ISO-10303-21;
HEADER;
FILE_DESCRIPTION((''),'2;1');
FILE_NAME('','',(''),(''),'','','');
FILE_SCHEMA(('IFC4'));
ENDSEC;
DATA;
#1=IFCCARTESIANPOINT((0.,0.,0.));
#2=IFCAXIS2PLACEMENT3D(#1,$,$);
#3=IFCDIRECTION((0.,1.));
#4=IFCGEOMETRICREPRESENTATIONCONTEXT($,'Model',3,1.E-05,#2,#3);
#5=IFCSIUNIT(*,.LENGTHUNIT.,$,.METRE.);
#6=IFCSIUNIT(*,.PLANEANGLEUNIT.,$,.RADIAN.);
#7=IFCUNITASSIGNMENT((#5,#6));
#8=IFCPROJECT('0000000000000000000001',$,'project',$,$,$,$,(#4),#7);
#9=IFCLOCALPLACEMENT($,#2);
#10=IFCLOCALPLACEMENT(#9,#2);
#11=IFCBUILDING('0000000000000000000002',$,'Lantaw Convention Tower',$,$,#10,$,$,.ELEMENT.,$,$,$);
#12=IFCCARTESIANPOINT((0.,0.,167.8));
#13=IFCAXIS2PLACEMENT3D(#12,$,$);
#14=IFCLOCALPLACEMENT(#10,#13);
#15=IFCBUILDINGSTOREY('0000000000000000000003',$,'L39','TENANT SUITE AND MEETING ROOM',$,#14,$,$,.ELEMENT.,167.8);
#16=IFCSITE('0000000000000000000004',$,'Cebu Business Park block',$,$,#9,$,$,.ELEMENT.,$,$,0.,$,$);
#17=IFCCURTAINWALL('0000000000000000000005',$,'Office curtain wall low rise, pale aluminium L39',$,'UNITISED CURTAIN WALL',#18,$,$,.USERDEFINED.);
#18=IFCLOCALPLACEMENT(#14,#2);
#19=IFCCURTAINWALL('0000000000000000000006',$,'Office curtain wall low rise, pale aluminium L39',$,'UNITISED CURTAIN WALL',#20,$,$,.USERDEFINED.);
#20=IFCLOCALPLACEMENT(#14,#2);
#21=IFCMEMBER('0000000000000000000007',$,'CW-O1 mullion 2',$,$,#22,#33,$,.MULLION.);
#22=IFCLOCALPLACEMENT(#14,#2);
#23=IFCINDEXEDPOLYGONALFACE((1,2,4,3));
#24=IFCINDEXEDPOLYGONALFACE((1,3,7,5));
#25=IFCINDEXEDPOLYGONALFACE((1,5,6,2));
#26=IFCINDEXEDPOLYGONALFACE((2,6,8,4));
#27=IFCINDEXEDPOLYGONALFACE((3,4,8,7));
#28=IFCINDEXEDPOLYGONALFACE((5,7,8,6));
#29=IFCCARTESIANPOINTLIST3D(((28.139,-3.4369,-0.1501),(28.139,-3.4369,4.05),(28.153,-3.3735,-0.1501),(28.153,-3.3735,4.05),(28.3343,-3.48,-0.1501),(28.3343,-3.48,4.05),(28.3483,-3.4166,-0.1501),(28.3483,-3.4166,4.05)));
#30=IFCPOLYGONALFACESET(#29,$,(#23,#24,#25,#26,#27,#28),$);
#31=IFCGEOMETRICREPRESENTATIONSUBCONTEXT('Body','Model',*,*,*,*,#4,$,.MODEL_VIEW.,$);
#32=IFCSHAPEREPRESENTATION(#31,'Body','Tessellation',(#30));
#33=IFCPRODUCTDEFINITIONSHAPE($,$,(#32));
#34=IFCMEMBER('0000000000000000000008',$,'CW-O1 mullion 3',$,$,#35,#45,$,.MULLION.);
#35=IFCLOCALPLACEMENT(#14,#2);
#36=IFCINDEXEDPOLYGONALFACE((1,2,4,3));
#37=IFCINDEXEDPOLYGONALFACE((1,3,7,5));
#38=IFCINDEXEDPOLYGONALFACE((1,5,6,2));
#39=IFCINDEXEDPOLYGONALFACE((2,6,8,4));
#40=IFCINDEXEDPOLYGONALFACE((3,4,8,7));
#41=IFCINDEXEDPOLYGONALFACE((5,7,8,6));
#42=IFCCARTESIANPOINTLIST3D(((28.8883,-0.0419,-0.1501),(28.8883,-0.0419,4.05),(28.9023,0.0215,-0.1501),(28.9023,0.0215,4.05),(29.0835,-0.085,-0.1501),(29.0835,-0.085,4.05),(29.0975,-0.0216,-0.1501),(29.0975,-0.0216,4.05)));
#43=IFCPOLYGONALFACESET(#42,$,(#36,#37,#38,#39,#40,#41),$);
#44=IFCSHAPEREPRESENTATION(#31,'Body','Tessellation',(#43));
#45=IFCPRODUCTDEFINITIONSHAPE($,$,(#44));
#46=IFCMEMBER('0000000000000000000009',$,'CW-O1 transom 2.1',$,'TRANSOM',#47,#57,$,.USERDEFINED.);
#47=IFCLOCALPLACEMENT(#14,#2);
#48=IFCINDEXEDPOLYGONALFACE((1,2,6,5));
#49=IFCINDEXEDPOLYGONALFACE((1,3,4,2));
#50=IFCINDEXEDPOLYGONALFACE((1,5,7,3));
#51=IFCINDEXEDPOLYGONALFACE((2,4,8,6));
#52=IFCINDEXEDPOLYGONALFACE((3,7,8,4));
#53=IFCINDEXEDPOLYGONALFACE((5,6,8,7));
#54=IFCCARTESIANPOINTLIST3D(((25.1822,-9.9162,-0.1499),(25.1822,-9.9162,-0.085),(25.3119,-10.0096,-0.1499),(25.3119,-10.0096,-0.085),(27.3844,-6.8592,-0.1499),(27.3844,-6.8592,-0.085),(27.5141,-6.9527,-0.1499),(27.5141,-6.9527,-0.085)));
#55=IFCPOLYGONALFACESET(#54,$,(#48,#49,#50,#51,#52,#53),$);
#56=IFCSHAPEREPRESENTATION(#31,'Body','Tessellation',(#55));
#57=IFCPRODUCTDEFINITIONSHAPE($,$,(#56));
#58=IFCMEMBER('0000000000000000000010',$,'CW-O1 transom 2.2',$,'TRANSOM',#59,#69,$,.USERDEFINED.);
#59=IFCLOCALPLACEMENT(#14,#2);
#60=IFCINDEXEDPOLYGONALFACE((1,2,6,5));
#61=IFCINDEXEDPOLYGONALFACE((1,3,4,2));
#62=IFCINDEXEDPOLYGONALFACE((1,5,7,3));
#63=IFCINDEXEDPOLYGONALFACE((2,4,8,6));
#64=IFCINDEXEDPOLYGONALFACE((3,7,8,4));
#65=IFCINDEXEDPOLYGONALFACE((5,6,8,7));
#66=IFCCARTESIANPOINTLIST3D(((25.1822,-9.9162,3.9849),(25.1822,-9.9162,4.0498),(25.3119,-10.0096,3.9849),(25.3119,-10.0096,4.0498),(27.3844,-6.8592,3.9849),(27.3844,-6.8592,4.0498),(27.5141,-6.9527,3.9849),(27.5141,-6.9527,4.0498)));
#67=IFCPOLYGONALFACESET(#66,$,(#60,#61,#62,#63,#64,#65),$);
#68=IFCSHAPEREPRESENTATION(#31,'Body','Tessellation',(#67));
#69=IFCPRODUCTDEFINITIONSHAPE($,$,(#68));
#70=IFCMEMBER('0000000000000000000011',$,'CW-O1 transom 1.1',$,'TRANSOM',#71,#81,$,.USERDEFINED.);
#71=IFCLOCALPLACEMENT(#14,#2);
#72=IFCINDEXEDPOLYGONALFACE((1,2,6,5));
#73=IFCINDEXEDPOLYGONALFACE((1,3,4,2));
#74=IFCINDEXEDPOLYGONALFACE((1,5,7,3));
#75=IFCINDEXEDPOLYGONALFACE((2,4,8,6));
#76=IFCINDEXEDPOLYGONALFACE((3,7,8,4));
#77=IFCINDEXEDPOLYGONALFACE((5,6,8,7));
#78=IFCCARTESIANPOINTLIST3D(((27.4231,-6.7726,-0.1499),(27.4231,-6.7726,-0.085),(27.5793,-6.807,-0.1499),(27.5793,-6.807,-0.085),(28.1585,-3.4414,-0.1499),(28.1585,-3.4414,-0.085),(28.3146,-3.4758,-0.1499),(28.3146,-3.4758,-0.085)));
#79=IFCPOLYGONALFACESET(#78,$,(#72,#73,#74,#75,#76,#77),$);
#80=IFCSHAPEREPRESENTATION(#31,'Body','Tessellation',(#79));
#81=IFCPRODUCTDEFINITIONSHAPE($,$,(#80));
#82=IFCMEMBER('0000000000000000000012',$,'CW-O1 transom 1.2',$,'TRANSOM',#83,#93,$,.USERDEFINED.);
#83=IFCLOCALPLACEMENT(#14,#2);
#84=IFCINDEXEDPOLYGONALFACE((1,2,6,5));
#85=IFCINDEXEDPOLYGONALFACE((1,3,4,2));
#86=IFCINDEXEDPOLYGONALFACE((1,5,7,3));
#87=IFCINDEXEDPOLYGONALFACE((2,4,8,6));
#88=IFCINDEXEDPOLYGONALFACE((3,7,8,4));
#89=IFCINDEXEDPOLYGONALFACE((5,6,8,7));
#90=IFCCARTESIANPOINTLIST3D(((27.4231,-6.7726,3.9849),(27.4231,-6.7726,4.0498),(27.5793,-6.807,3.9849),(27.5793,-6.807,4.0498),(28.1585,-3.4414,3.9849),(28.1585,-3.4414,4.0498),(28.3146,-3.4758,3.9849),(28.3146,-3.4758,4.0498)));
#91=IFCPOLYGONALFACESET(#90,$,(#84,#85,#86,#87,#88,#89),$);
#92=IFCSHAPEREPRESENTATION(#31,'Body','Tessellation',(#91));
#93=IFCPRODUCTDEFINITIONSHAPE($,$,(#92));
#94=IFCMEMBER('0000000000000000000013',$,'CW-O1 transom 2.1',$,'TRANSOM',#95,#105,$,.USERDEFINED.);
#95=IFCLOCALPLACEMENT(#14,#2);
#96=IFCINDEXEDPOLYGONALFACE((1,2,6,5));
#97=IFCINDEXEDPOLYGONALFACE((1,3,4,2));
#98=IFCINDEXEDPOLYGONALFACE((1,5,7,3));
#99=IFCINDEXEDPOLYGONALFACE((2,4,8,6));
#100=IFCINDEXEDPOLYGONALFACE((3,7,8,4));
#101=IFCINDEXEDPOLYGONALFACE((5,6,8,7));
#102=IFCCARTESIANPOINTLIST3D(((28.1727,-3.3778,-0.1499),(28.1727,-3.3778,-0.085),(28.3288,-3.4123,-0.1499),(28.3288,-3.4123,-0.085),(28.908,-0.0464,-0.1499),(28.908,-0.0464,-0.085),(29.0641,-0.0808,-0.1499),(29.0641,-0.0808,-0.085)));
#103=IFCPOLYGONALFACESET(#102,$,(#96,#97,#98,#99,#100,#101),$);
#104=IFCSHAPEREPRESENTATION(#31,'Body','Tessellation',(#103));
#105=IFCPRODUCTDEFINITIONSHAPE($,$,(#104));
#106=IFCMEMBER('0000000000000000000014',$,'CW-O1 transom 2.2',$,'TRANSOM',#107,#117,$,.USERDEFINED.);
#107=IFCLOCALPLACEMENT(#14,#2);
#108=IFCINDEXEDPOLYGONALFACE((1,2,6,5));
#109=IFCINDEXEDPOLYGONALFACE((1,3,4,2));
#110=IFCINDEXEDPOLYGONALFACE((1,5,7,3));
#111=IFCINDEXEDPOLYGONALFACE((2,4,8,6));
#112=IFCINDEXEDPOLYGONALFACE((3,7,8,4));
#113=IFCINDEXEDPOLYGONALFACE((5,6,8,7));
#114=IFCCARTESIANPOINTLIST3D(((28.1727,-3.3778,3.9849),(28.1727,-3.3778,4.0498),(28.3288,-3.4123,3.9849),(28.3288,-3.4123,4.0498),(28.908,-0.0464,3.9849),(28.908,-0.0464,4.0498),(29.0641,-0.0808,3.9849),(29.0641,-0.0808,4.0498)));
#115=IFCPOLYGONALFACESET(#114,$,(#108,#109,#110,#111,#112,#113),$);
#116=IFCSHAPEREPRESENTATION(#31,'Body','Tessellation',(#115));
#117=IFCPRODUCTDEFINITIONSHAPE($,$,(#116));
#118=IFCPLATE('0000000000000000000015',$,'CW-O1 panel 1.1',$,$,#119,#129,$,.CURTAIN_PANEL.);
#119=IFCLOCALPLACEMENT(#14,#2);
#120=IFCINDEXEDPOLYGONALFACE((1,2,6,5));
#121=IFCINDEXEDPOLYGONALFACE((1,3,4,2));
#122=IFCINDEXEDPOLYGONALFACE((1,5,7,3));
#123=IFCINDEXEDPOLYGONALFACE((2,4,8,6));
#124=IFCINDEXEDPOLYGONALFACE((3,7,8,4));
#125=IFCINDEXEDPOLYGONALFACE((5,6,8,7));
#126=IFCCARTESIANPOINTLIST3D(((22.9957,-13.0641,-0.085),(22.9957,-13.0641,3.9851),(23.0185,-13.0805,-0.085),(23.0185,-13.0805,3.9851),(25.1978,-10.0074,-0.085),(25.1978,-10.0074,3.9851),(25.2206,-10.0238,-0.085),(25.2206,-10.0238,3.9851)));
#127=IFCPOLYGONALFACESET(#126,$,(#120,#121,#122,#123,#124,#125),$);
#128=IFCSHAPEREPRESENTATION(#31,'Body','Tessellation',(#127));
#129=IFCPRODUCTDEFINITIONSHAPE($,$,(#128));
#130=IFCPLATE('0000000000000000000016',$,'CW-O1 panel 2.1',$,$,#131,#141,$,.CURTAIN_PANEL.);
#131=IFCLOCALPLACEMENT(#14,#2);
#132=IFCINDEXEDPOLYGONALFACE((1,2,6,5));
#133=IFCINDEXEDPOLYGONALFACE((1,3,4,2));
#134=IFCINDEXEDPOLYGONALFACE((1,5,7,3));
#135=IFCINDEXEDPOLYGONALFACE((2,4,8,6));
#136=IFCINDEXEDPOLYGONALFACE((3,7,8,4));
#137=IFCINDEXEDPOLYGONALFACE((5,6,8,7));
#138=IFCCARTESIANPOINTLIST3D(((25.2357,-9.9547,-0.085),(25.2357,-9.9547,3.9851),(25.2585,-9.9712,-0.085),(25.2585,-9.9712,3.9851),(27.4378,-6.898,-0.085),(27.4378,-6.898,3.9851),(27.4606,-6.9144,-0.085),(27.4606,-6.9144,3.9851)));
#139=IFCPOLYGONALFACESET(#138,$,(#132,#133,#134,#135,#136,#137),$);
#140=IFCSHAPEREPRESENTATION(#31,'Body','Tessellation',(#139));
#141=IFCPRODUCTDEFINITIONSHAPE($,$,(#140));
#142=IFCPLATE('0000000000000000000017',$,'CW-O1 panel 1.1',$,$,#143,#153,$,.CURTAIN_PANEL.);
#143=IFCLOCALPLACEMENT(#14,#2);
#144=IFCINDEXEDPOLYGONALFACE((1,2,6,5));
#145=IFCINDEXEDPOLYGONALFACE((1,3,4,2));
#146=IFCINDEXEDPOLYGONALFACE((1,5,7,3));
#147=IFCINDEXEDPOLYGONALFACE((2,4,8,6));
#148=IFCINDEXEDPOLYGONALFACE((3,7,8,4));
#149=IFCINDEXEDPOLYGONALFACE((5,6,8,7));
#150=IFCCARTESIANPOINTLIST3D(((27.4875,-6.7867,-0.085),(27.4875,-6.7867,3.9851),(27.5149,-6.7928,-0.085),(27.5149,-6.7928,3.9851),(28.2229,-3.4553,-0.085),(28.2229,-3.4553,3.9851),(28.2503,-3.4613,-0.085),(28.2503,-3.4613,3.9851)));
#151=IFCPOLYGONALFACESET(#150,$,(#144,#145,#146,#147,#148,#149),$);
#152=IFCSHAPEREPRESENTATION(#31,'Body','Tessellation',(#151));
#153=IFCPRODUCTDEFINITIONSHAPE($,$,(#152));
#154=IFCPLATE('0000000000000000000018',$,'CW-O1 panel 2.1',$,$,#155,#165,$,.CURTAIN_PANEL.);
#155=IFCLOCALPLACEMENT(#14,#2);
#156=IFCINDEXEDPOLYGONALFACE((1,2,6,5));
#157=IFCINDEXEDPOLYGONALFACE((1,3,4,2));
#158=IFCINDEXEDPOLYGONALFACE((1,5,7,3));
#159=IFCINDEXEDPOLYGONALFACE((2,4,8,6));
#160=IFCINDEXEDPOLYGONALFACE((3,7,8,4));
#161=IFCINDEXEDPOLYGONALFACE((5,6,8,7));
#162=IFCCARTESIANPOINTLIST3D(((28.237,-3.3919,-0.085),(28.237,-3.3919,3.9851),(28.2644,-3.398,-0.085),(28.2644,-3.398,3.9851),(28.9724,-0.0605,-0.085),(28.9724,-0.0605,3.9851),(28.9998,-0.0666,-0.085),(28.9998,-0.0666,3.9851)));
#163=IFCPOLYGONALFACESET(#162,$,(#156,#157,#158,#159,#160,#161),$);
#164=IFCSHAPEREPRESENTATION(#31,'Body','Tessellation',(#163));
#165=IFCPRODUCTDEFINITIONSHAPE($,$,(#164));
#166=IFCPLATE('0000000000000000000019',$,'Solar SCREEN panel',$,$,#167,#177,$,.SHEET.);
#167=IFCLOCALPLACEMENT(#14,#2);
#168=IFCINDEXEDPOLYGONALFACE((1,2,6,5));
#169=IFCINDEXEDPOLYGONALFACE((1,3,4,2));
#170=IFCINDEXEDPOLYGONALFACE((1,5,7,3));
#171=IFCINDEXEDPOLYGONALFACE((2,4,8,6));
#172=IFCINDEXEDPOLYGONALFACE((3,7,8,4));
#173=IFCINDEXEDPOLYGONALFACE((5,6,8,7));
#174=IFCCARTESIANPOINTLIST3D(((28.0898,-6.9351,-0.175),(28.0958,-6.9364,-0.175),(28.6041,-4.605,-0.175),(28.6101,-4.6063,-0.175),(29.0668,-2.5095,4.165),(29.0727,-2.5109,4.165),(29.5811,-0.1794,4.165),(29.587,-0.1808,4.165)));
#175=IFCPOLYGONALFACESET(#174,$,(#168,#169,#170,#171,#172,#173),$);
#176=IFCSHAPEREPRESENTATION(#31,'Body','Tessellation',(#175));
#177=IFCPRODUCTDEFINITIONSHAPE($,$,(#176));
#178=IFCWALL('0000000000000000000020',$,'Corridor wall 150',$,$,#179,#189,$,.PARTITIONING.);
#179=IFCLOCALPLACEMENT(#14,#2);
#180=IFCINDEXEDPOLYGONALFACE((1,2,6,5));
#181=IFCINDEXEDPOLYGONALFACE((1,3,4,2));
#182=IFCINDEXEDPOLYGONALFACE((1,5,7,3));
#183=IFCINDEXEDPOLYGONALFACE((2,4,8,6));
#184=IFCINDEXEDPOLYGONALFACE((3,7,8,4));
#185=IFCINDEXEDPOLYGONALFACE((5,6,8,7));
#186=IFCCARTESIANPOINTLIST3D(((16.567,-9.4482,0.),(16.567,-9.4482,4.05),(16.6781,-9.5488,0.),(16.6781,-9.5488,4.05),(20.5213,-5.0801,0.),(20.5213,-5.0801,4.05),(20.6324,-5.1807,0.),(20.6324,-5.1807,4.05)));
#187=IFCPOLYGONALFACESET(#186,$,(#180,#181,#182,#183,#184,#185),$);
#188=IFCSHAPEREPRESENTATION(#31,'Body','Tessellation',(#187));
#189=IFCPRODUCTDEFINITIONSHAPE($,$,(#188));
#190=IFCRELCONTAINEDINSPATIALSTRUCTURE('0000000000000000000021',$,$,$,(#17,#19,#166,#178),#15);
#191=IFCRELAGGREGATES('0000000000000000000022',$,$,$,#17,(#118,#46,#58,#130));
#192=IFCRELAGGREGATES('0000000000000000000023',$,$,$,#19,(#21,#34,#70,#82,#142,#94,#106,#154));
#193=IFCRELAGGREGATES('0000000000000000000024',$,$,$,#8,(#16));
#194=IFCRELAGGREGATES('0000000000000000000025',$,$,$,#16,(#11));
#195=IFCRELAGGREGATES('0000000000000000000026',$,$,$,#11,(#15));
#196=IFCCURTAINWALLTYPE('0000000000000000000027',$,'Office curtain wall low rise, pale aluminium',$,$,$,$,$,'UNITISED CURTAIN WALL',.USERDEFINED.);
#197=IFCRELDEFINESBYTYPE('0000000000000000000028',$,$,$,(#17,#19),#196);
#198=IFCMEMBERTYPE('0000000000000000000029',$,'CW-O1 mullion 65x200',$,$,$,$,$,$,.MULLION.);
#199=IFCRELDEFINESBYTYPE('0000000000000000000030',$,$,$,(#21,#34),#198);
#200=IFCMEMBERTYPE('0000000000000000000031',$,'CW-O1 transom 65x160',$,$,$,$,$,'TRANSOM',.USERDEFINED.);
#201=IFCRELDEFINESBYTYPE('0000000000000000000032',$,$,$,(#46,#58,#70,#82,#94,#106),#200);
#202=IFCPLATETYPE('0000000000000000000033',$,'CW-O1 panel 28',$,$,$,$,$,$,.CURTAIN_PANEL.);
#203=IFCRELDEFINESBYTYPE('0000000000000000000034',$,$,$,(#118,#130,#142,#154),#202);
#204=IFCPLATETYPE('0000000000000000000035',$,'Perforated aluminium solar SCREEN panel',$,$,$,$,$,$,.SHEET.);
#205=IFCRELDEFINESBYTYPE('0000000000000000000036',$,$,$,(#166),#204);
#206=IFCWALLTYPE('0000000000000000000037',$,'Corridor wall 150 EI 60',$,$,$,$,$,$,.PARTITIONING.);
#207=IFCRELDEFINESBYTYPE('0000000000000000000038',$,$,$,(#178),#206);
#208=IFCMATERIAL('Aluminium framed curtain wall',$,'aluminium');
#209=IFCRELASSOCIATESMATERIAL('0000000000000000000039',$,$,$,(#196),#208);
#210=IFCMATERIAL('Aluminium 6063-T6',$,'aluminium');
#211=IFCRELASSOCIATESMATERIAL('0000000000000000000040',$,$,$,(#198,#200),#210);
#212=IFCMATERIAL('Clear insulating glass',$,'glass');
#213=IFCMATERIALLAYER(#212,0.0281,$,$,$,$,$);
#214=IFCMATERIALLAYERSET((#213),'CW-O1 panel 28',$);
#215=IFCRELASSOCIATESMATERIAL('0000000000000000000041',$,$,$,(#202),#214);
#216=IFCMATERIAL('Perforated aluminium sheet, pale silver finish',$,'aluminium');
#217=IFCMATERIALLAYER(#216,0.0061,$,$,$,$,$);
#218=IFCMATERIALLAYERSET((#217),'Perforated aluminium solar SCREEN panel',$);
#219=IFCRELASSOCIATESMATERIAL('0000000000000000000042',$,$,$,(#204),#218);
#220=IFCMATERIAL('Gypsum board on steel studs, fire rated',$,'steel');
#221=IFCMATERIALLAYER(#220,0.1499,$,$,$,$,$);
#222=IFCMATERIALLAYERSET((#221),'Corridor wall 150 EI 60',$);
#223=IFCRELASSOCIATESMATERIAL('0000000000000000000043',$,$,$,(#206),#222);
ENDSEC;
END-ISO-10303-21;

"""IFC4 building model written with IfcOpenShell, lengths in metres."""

from ifc_helpers import new_model, si_unit, direction, frame, frame_2d, origin, origin_2d, place, context, subcontext, project, spatial, polyline, rectangle, outline, extrude, material, layer, layer_set, material_profile, profile_set, type_object, element, aggregate, save


model = new_model("IFC4")

# Units and contexts
model_context = context("Model", 3, precision=1e-05, world=origin(), true_north=direction((0.0, 1.0)))
body_context = subcontext(model_context, "Body", "Model", "MODEL_VIEW")
ifc_project = project(units=[si_unit("LENGTHUNIT", "METRE"), si_unit("PLANEANGLEUNIT", "RADIAN")], contexts=[model_context])

# Site, building, storey
site_placement = place(None, origin())
site = spatial("IfcSite", under=ifc_project, at=site_placement, Name="Cebu Business Park block", CompositionType="ELEMENT", RefElevation=0.0)
building_placement = place(site_placement, origin())
building = spatial("IfcBuilding", under=site, at=building_placement, Name="Lantaw Convention Tower", CompositionType="ELEMENT")
storey_placement = place(building_placement, frame((0.0, 0.0, 167.8)))
storey = spatial("IfcBuildingStorey", under=building, at=storey_placement, Name="L39", Description="TENANT SUITE AND MEETING ROOM", CompositionType="ELEMENT", Elevation=167.8)

# Curtain walls, members
ifc_material_1 = material(Name="Aluminium framed curtain wall", Category="aluminium")
curtain_wall_type = type_object("IfcCurtainWallType", Name="Office curtain wall low rise, pale aluminium", ElementType="UNITISED CURTAIN WALL", PredefinedType="USERDEFINED", material=ifc_material_1)
curtain_wall_1_placement = place(storey_placement, origin())
curtain_wall_1 = element("IfcCurtainWall", 1, at=curtain_wall_1_placement, inside=storey, type_object=curtain_wall_type, Name="Office curtain wall low rise, pale aluminium L39", ObjectType="UNITISED CURTAIN WALL", PredefinedType="USERDEFINED")
ifc_material_2 = material(Name="Aluminium 6063-T6", Category="aluminium")
ifc_material_profile_1 = material_profile(ifc_material_2, rectangle(XDim=0.2, YDim=0.0649, at=origin_2d()), Name="CW-O1 mullion 65x200")
ifc_profile_set_1 = profile_set([ifc_material_profile_1], Name="Aluminium 6063-T6")
member_type_1 = type_object("IfcMemberType", Name="CW-O1 mullion 65x200", PredefinedType="MULLION", material=ifc_profile_set_1)
curtain_wall_2_placement = place(storey_placement, origin())
curtain_wall_2 = element("IfcCurtainWall", 2, at=curtain_wall_2_placement, inside=storey, type_object=curtain_wall_type, Name="Office curtain wall low rise, pale aluminium L39", ObjectType="UNITISED CURTAIN WALL", PredefinedType="USERDEFINED")
member_1_placement = place(storey_placement, frame((28.2437, -3.4268, -0.1501), z_axis=(0.0, 0.0, 1.0), x_axis=(-0.976494, 0.215546, 0.0)))
member_1 = element("IfcMember", 3, at=member_1_placement, type_object=member_type_1, Name="CW-O1 mullion 2", PredefinedType="MULLION", context=body_context, shape_type="SweptSolid", body=[
    extrude(rectangle(XDim=0.2, YDim=0.0649, at=origin_2d()), origin(), (0.0, 0.0, 1.0), 4.2002),
])
member_2_placement = place(storey_placement, frame((28.9929, -0.0317, -0.1501), z_axis=(0.0, 0.0, 1.0), x_axis=(-0.976494, 0.215546, 0.0)))
member_2 = element("IfcMember", 4, at=member_2_placement, type_object=member_type_1, Name="CW-O1 mullion 3", PredefinedType="MULLION", context=body_context, shape_type="SweptSolid", body=[
    extrude(rectangle(XDim=0.2, YDim=0.0649, at=origin_2d()), origin(), (0.0, 0.0, 1.0), 4.2002),
])

# Members
ifc_material_profile_2 = material_profile(ifc_material_2, rectangle(XDim=0.1599, YDim=0.0649, at=origin_2d()), Name="CW-O1 transom 65x160")
ifc_profile_set_2 = profile_set([ifc_material_profile_2], Name="Aluminium 6063-T6")
member_type_2 = type_object("IfcMemberType", Name="CW-O1 transom 65x160", ElementType="TRANSOM", PredefinedType="USERDEFINED", material=ifc_profile_set_2)
member_3_placement = place(storey_placement, frame((25.2471, -9.9629, -0.1174), z_axis=(0.584513, 0.811384, 0.0), x_axis=(-0.811384, 0.584513, 0.0)))
member_3 = element("IfcMember", 5, at=member_3_placement, type_object=member_type_2, Name="CW-O1 transom 2.1", ObjectType="TRANSOM", PredefinedType="USERDEFINED", context=body_context, shape_type="SweptSolid", body=[
    extrude(rectangle(XDim=0.1599, YDim=0.0649, at=origin_2d()), origin(), (0.0, 0.0, 1.0), 3.7676),
])
member_4_placement = place(storey_placement, frame((25.2471, -9.9629, 4.0173), z_axis=(0.584513, 0.811384, 0.0), x_axis=(-0.811384, 0.584513, 0.0)))
member_4 = element("IfcMember", 6, at=member_4_placement, type_object=member_type_2, Name="CW-O1 transom 2.2", ObjectType="TRANSOM", PredefinedType="USERDEFINED", context=body_context, shape_type="SweptSolid", body=[
    extrude(rectangle(XDim=0.1599, YDim=0.0649, at=origin_2d()), origin(), (0.0, 0.0, 1.0), 3.7676),
])
member_5_placement = place(storey_placement, frame((27.5012, -6.7898, -0.1174), z_axis=(0.215551, 0.976493, 0.0), x_axis=(-0.976493, 0.215551, 0.0)))
member_5 = element("IfcMember", 7, at=member_5_placement, type_object=member_type_2, Name="CW-O1 transom 1.1", ObjectType="TRANSOM", PredefinedType="USERDEFINED", context=body_context, shape_type="SweptSolid", body=[
    extrude(rectangle(XDim=0.1599, YDim=0.0649, at=origin_2d()), origin(), (0.0, 0.0, 1.0), 3.4114),
])
member_6_placement = place(storey_placement, frame((27.5012, -6.7898, 4.0173), z_axis=(0.215551, 0.976493, 0.0), x_axis=(-0.976493, 0.215551, 0.0)))
member_6 = element("IfcMember", 8, at=member_6_placement, type_object=member_type_2, Name="CW-O1 transom 1.2", ObjectType="TRANSOM", PredefinedType="USERDEFINED", context=body_context, shape_type="SweptSolid", body=[
    extrude(rectangle(XDim=0.1599, YDim=0.0649, at=origin_2d()), origin(), (0.0, 0.0, 1.0), 3.4114),
])
member_7_placement = place(storey_placement, frame((28.2507, -3.395, -0.1174), z_axis=(0.215536, 0.976496, 0.0), x_axis=(-0.976496, 0.215536, 0.0)))
member_7 = element("IfcMember", 9, at=member_7_placement, type_object=member_type_2, Name="CW-O1 transom 2.1", ObjectType="TRANSOM", PredefinedType="USERDEFINED", context=body_context, shape_type="SweptSolid", body=[
    extrude(rectangle(XDim=0.1599, YDim=0.0649, at=origin_2d()), origin(), (0.0, 0.0, 1.0), 3.4116),
])
member_8_placement = place(storey_placement, frame((28.2507, -3.395, 4.0173), z_axis=(0.215536, 0.976496, 0.0), x_axis=(-0.976496, 0.215536, 0.0)))
member_8 = element("IfcMember", 10, at=member_8_placement, type_object=member_type_2, Name="CW-O1 transom 2.2", ObjectType="TRANSOM", PredefinedType="USERDEFINED", context=body_context, shape_type="SweptSolid", body=[
    extrude(rectangle(XDim=0.1599, YDim=0.0649, at=origin_2d()), origin(), (0.0, 0.0, 1.0), 3.4116),
])

# Plates
ifc_material_3 = material(Name="Clear insulating glass", Category="glass")
ifc_layer_1 = layer(ifc_material_3, 0.0281)
ifc_layer_set_1 = layer_set([ifc_layer_1], Name="CW-O1 panel 28")
plate_type_1 = type_object("IfcPlateType", Name="CW-O1 panel 28", PredefinedType="CURTAIN_PANEL", material=ifc_layer_set_1)
plate_1_placement = place(storey_placement, frame((24.1082, -11.5439, -0.085), z_axis=(0.0, 0.0, 1.0), x_axis=(0.584513, 0.811385, 0.0)))
plate_1 = element("IfcPlate", 11, at=plate_1_placement, type_object=plate_type_1, Name="CW-O1 panel 1.1", PredefinedType="CURTAIN_PANEL", context=body_context, shape_type="SweptSolid", body=[
    extrude(rectangle(XDim=3.7673, YDim=0.0281, at=origin_2d()), origin(), (0.0, 0.0, 1.0), 4.0701),
])
plate_2_placement = place(storey_placement, frame((26.3481, -8.4346, -0.085), z_axis=(0.0, 0.0, 1.0), x_axis=(0.584513, 0.811385, 0.0)))
plate_2 = element("IfcPlate", 12, at=plate_2_placement, type_object=plate_type_1, Name="CW-O1 panel 2.1", PredefinedType="CURTAIN_PANEL", context=body_context, shape_type="SweptSolid", body=[
    extrude(rectangle(XDim=3.7673, YDim=0.0281, at=origin_2d()), origin(), (0.0, 0.0, 1.0), 4.0701),
])
aggregate(curtain_wall_1, [plate_1, member_3, member_4, plate_2])
plate_3_placement = place(storey_placement, frame((27.8689, -5.124, -0.085), z_axis=(0.0, 0.0, 1.0), x_axis=(0.215546, 0.976494, 0.0)))
plate_3 = element("IfcPlate", 13, at=plate_3_placement, type_object=plate_type_1, Name="CW-O1 panel 1.1", PredefinedType="CURTAIN_PANEL", context=body_context, shape_type="SweptSolid", body=[
    extrude(rectangle(XDim=3.4116, YDim=0.0281, at=origin_2d()), origin(), (0.0, 0.0, 1.0), 4.0701),
])
plate_4_placement = place(storey_placement, frame((28.6184, -1.7292, -0.085), z_axis=(0.0, 0.0, 1.0), x_axis=(0.215546, 0.976494, 0.0)))
plate_4 = element("IfcPlate", 14, at=plate_4_placement, type_object=plate_type_1, Name="CW-O1 panel 2.1", PredefinedType="CURTAIN_PANEL", context=body_context, shape_type="SweptSolid", body=[
    extrude(rectangle(XDim=3.4116, YDim=0.0281, at=origin_2d()), origin(), (0.0, 0.0, 1.0), 4.0701),
])
aggregate(curtain_wall_2, [member_1, member_2, member_5, member_6, plate_3, member_7, member_8, plate_4])
ifc_material_4 = material(Name="Perforated aluminium sheet, pale silver finish", Category="aluminium")
ifc_layer_2 = layer(ifc_material_4, 0.0061)
ifc_layer_set_2 = layer_set([ifc_layer_2], Name="Perforated aluminium solar SCREEN panel")
plate_type_2 = type_object("IfcPlateType", Name="Perforated aluminium solar SCREEN panel", PredefinedType="SHEET", material=ifc_layer_set_2)
plate_5_placement = place(storey_placement, frame((28.0898, -6.9351, -0.175), z_axis=(-0.976498, 0.215527, 0.000033), x_axis=(0.215527, 0.976498, 0.0)))
element("IfcPlate", 15, at=plate_5_placement, inside=storey, type_object=plate_type_2, Name="Solar SCREEN panel", PredefinedType="SHEET", context=body_context, shape_type="SweptSolid", body=[
    extrude(outline(polyline([(0.0, 0.0), (2.3861, 0.0), (6.9182, -4.3401), (4.5321, -4.3401), (0.0, 0.0)])), origin(), (0.0, 0.0, -1.0), 0.0061),
])

# Wall
ifc_material_5 = material(Name="Gypsum board on steel studs, fire rated", Category="steel")
ifc_layer_3 = layer(ifc_material_5, 0.1499)
ifc_layer_set_3 = layer_set([ifc_layer_3], Name="Corridor wall 150 EI 60")
wall_type_1 = type_object("IfcWallType", Name="Corridor wall 150 EI 60", PredefinedType="PARTITIONING", material=ifc_layer_set_3)
wall_1_placement = place(storey_placement, frame((16.6226, -9.4985, 0.0), z_axis=(0.0, 0.0, 1.0), x_axis=(0.671118, 0.74135, 0.0)))
element("IfcWall", 16, at=wall_1_placement, inside=storey, type_object=wall_type_1, Name="Corridor wall 150", PredefinedType="PARTITIONING", context=body_context, shape_type="SweptSolid", body=[
    extrude(rectangle(XDim=5.8921, YDim=0.1499, at=frame_2d((2.946, 0.0))), origin(), (0.0, 0.0, 1.0), 4.05),
])

save(model, "model.ifc")
